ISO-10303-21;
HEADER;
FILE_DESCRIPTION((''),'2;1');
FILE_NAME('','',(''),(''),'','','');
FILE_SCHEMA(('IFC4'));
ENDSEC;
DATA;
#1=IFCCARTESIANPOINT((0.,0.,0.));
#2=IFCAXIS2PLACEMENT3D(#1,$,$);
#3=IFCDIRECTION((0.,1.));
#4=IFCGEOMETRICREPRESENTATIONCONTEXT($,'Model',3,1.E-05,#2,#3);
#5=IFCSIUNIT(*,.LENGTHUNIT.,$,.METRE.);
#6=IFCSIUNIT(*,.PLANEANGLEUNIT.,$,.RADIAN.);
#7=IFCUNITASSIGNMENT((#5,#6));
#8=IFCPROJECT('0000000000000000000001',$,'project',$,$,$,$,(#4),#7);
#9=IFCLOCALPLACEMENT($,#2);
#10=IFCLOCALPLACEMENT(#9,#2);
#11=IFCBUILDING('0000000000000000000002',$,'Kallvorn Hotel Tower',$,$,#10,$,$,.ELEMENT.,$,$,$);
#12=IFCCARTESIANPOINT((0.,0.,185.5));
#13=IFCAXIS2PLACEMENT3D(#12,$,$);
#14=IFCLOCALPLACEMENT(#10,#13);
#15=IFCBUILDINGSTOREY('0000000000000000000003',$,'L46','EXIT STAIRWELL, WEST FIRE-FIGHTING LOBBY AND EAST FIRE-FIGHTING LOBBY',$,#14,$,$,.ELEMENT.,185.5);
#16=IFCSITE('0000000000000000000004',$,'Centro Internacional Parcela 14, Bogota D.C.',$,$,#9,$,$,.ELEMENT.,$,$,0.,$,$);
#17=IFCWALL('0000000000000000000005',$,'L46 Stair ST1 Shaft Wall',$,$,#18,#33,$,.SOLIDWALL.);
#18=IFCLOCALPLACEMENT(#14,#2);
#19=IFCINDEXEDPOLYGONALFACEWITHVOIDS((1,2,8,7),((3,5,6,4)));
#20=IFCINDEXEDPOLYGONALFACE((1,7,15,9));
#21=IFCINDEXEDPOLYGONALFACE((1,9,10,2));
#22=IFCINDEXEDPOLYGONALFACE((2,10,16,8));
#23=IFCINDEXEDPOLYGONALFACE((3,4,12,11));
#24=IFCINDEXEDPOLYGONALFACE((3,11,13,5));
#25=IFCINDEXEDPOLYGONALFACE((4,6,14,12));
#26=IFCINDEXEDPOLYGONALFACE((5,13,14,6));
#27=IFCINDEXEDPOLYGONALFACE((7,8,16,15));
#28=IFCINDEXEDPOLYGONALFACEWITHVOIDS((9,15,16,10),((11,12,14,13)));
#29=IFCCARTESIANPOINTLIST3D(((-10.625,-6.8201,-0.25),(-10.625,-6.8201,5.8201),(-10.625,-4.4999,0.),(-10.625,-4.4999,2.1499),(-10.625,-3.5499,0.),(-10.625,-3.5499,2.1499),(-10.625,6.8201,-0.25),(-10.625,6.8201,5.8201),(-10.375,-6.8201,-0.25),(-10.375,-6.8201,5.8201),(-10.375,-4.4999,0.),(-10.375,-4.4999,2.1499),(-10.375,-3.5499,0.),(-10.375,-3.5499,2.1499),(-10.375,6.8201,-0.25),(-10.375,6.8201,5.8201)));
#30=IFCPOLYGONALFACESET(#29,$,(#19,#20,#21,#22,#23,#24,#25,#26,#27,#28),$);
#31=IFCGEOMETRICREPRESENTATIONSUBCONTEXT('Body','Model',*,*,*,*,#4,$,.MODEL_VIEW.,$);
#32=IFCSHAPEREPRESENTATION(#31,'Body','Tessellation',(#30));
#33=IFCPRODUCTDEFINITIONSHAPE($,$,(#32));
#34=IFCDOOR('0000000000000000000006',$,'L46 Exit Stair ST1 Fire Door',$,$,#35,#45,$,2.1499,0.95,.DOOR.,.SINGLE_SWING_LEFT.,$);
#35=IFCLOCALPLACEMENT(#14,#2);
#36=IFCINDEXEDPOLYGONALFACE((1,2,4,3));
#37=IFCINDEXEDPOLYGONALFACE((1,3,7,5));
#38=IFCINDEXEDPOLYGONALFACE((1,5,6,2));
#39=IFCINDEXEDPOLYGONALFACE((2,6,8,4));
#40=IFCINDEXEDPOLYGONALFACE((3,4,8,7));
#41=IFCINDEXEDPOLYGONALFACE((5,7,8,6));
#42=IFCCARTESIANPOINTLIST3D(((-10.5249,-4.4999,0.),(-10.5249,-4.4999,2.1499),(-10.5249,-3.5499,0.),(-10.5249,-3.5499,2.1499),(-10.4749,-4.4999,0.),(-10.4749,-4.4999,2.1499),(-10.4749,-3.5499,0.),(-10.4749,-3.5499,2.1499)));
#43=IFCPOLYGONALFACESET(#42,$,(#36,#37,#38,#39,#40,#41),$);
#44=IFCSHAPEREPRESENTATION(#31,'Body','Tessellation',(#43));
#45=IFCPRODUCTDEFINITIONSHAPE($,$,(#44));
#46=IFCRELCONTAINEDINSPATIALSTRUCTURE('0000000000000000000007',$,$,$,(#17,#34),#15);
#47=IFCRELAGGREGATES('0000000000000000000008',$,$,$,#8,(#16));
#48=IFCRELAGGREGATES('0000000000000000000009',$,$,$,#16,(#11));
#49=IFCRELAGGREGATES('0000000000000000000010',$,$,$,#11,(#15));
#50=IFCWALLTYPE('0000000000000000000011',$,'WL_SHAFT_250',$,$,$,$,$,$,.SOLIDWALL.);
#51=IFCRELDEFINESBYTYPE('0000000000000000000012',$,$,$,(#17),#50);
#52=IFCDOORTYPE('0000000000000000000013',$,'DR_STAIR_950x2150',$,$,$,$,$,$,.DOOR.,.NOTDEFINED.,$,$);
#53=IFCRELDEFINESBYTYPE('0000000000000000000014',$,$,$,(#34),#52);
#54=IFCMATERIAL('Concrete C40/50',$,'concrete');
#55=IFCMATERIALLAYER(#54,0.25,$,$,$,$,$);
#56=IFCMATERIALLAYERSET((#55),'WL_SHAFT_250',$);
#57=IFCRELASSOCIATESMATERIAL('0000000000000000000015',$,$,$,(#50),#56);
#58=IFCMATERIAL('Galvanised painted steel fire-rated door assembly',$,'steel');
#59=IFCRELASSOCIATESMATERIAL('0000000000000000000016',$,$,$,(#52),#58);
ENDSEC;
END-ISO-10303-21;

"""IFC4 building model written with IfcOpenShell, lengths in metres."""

from ifc_helpers import new_model, si_unit, direction, frame, frame_2d, origin, place, context, subcontext, project, spatial, rectangle, extrude, material, layer, layer_set, type_object, element, fill, save


model = new_model("IFC4")

# Units and contexts
model_context = context("Model", 3, precision=1e-05, world=origin(), true_north=direction((0.0, 1.0)))
body_context = subcontext(model_context, "Body", "Model", "MODEL_VIEW")
ifc_project = project(units=[si_unit("LENGTHUNIT", "METRE"), si_unit("PLANEANGLEUNIT", "RADIAN")], contexts=[model_context])

# Site, building, storey
site_placement = place(None, origin())
site = spatial("IfcSite", under=ifc_project, at=site_placement, Name="Centro Internacional Parcela 14, Bogota D.C.", CompositionType="ELEMENT", RefElevation=0.0)
building_placement = place(site_placement, origin())
building = spatial("IfcBuilding", under=site, at=building_placement, Name="Kallvorn Hotel Tower", CompositionType="ELEMENT")
storey_placement = place(building_placement, frame((0.0, 0.0, 185.5)))
storey = spatial("IfcBuildingStorey", under=building, at=storey_placement, Name="L46", Description="EXIT STAIRWELL, WEST FIRE-FIGHTING LOBBY AND EAST FIRE-FIGHTING LOBBY", CompositionType="ELEMENT", Elevation=185.5)

# Wall, opening, door
ifc_material_1 = material(Name="Concrete C40/50", Category="concrete")
ifc_layer_1 = layer(ifc_material_1, 0.25)
ifc_layer_set_1 = layer_set([ifc_layer_1], Name="WL_SHAFT_250")
wall_type_1 = type_object("IfcWallType", Name="WL_SHAFT_250", PredefinedType="SOLIDWALL", material=ifc_layer_set_1)
wall_1_placement = place(storey_placement, frame((-10.5, -6.8201, -0.25), z_axis=(0.0, 0.0, 1.0), x_axis=(0.0, 1.0, 0.0)))
wall_1 = element("IfcWall", 1, at=wall_1_placement, inside=storey, type_object=wall_type_1, Name="L46 Stair ST1 Shaft Wall", PredefinedType="SOLIDWALL", context=body_context, shape_type="SweptSolid", body=[
    extrude(rectangle(XDim=13.6401, YDim=0.25, at=frame_2d((6.8201, 0.0))), origin(), (0.0, 0.0, 1.0), 6.0701),
])
opening_1_placement = place(wall_1_placement, frame((2.3201, 0.0, 0.25)))
opening_1 = element("IfcOpeningElement", 2, at=opening_1_placement, cuts=wall_1, PredefinedType="OPENING", context=body_context, shape_type="SweptSolid", body=[
    extrude(rectangle(XDim=0.95, YDim=2.1499, at=frame_2d((0.4751, 1.075))), frame((0.0, 0.1399, 0.0), z_axis=(0.0, -1.0, 0.0), x_axis=(1.0, 0.0, 0.0)), (0.0, 0.0, 1.0), 0.28),
])
ifc_material_2 = material(Name="Galvanised painted steel fire-rated door assembly", Category="steel")
door_type_1 = type_object("IfcDoorType", Name="DR_STAIR_950x2150", OperationType="NOTDEFINED", PredefinedType="DOOR", material=ifc_material_2)
door_1_placement = place(opening_1_placement, origin())
door_1 = element("IfcDoor", 3, at=door_1_placement, inside=storey, type_object=door_type_1, Name="L46 Exit Stair ST1 Fire Door", OperationType="SINGLE_SWING_LEFT", OverallHeight=2.1499, OverallWidth=0.95, PredefinedType="DOOR", context=body_context, shape_type="SweptSolid", body=[
    extrude(rectangle(XDim=0.95, YDim=2.1499, at=frame_2d((0.4751, 1.075))), frame((0.0, 0.0249, 0.0), z_axis=(0.0, -1.0, 0.0), x_axis=(1.0, 0.0, 0.0)), (0.0, 0.0, 1.0), 0.05),
])
fill(opening_1, door_1)

save(model, "model.ifc")
